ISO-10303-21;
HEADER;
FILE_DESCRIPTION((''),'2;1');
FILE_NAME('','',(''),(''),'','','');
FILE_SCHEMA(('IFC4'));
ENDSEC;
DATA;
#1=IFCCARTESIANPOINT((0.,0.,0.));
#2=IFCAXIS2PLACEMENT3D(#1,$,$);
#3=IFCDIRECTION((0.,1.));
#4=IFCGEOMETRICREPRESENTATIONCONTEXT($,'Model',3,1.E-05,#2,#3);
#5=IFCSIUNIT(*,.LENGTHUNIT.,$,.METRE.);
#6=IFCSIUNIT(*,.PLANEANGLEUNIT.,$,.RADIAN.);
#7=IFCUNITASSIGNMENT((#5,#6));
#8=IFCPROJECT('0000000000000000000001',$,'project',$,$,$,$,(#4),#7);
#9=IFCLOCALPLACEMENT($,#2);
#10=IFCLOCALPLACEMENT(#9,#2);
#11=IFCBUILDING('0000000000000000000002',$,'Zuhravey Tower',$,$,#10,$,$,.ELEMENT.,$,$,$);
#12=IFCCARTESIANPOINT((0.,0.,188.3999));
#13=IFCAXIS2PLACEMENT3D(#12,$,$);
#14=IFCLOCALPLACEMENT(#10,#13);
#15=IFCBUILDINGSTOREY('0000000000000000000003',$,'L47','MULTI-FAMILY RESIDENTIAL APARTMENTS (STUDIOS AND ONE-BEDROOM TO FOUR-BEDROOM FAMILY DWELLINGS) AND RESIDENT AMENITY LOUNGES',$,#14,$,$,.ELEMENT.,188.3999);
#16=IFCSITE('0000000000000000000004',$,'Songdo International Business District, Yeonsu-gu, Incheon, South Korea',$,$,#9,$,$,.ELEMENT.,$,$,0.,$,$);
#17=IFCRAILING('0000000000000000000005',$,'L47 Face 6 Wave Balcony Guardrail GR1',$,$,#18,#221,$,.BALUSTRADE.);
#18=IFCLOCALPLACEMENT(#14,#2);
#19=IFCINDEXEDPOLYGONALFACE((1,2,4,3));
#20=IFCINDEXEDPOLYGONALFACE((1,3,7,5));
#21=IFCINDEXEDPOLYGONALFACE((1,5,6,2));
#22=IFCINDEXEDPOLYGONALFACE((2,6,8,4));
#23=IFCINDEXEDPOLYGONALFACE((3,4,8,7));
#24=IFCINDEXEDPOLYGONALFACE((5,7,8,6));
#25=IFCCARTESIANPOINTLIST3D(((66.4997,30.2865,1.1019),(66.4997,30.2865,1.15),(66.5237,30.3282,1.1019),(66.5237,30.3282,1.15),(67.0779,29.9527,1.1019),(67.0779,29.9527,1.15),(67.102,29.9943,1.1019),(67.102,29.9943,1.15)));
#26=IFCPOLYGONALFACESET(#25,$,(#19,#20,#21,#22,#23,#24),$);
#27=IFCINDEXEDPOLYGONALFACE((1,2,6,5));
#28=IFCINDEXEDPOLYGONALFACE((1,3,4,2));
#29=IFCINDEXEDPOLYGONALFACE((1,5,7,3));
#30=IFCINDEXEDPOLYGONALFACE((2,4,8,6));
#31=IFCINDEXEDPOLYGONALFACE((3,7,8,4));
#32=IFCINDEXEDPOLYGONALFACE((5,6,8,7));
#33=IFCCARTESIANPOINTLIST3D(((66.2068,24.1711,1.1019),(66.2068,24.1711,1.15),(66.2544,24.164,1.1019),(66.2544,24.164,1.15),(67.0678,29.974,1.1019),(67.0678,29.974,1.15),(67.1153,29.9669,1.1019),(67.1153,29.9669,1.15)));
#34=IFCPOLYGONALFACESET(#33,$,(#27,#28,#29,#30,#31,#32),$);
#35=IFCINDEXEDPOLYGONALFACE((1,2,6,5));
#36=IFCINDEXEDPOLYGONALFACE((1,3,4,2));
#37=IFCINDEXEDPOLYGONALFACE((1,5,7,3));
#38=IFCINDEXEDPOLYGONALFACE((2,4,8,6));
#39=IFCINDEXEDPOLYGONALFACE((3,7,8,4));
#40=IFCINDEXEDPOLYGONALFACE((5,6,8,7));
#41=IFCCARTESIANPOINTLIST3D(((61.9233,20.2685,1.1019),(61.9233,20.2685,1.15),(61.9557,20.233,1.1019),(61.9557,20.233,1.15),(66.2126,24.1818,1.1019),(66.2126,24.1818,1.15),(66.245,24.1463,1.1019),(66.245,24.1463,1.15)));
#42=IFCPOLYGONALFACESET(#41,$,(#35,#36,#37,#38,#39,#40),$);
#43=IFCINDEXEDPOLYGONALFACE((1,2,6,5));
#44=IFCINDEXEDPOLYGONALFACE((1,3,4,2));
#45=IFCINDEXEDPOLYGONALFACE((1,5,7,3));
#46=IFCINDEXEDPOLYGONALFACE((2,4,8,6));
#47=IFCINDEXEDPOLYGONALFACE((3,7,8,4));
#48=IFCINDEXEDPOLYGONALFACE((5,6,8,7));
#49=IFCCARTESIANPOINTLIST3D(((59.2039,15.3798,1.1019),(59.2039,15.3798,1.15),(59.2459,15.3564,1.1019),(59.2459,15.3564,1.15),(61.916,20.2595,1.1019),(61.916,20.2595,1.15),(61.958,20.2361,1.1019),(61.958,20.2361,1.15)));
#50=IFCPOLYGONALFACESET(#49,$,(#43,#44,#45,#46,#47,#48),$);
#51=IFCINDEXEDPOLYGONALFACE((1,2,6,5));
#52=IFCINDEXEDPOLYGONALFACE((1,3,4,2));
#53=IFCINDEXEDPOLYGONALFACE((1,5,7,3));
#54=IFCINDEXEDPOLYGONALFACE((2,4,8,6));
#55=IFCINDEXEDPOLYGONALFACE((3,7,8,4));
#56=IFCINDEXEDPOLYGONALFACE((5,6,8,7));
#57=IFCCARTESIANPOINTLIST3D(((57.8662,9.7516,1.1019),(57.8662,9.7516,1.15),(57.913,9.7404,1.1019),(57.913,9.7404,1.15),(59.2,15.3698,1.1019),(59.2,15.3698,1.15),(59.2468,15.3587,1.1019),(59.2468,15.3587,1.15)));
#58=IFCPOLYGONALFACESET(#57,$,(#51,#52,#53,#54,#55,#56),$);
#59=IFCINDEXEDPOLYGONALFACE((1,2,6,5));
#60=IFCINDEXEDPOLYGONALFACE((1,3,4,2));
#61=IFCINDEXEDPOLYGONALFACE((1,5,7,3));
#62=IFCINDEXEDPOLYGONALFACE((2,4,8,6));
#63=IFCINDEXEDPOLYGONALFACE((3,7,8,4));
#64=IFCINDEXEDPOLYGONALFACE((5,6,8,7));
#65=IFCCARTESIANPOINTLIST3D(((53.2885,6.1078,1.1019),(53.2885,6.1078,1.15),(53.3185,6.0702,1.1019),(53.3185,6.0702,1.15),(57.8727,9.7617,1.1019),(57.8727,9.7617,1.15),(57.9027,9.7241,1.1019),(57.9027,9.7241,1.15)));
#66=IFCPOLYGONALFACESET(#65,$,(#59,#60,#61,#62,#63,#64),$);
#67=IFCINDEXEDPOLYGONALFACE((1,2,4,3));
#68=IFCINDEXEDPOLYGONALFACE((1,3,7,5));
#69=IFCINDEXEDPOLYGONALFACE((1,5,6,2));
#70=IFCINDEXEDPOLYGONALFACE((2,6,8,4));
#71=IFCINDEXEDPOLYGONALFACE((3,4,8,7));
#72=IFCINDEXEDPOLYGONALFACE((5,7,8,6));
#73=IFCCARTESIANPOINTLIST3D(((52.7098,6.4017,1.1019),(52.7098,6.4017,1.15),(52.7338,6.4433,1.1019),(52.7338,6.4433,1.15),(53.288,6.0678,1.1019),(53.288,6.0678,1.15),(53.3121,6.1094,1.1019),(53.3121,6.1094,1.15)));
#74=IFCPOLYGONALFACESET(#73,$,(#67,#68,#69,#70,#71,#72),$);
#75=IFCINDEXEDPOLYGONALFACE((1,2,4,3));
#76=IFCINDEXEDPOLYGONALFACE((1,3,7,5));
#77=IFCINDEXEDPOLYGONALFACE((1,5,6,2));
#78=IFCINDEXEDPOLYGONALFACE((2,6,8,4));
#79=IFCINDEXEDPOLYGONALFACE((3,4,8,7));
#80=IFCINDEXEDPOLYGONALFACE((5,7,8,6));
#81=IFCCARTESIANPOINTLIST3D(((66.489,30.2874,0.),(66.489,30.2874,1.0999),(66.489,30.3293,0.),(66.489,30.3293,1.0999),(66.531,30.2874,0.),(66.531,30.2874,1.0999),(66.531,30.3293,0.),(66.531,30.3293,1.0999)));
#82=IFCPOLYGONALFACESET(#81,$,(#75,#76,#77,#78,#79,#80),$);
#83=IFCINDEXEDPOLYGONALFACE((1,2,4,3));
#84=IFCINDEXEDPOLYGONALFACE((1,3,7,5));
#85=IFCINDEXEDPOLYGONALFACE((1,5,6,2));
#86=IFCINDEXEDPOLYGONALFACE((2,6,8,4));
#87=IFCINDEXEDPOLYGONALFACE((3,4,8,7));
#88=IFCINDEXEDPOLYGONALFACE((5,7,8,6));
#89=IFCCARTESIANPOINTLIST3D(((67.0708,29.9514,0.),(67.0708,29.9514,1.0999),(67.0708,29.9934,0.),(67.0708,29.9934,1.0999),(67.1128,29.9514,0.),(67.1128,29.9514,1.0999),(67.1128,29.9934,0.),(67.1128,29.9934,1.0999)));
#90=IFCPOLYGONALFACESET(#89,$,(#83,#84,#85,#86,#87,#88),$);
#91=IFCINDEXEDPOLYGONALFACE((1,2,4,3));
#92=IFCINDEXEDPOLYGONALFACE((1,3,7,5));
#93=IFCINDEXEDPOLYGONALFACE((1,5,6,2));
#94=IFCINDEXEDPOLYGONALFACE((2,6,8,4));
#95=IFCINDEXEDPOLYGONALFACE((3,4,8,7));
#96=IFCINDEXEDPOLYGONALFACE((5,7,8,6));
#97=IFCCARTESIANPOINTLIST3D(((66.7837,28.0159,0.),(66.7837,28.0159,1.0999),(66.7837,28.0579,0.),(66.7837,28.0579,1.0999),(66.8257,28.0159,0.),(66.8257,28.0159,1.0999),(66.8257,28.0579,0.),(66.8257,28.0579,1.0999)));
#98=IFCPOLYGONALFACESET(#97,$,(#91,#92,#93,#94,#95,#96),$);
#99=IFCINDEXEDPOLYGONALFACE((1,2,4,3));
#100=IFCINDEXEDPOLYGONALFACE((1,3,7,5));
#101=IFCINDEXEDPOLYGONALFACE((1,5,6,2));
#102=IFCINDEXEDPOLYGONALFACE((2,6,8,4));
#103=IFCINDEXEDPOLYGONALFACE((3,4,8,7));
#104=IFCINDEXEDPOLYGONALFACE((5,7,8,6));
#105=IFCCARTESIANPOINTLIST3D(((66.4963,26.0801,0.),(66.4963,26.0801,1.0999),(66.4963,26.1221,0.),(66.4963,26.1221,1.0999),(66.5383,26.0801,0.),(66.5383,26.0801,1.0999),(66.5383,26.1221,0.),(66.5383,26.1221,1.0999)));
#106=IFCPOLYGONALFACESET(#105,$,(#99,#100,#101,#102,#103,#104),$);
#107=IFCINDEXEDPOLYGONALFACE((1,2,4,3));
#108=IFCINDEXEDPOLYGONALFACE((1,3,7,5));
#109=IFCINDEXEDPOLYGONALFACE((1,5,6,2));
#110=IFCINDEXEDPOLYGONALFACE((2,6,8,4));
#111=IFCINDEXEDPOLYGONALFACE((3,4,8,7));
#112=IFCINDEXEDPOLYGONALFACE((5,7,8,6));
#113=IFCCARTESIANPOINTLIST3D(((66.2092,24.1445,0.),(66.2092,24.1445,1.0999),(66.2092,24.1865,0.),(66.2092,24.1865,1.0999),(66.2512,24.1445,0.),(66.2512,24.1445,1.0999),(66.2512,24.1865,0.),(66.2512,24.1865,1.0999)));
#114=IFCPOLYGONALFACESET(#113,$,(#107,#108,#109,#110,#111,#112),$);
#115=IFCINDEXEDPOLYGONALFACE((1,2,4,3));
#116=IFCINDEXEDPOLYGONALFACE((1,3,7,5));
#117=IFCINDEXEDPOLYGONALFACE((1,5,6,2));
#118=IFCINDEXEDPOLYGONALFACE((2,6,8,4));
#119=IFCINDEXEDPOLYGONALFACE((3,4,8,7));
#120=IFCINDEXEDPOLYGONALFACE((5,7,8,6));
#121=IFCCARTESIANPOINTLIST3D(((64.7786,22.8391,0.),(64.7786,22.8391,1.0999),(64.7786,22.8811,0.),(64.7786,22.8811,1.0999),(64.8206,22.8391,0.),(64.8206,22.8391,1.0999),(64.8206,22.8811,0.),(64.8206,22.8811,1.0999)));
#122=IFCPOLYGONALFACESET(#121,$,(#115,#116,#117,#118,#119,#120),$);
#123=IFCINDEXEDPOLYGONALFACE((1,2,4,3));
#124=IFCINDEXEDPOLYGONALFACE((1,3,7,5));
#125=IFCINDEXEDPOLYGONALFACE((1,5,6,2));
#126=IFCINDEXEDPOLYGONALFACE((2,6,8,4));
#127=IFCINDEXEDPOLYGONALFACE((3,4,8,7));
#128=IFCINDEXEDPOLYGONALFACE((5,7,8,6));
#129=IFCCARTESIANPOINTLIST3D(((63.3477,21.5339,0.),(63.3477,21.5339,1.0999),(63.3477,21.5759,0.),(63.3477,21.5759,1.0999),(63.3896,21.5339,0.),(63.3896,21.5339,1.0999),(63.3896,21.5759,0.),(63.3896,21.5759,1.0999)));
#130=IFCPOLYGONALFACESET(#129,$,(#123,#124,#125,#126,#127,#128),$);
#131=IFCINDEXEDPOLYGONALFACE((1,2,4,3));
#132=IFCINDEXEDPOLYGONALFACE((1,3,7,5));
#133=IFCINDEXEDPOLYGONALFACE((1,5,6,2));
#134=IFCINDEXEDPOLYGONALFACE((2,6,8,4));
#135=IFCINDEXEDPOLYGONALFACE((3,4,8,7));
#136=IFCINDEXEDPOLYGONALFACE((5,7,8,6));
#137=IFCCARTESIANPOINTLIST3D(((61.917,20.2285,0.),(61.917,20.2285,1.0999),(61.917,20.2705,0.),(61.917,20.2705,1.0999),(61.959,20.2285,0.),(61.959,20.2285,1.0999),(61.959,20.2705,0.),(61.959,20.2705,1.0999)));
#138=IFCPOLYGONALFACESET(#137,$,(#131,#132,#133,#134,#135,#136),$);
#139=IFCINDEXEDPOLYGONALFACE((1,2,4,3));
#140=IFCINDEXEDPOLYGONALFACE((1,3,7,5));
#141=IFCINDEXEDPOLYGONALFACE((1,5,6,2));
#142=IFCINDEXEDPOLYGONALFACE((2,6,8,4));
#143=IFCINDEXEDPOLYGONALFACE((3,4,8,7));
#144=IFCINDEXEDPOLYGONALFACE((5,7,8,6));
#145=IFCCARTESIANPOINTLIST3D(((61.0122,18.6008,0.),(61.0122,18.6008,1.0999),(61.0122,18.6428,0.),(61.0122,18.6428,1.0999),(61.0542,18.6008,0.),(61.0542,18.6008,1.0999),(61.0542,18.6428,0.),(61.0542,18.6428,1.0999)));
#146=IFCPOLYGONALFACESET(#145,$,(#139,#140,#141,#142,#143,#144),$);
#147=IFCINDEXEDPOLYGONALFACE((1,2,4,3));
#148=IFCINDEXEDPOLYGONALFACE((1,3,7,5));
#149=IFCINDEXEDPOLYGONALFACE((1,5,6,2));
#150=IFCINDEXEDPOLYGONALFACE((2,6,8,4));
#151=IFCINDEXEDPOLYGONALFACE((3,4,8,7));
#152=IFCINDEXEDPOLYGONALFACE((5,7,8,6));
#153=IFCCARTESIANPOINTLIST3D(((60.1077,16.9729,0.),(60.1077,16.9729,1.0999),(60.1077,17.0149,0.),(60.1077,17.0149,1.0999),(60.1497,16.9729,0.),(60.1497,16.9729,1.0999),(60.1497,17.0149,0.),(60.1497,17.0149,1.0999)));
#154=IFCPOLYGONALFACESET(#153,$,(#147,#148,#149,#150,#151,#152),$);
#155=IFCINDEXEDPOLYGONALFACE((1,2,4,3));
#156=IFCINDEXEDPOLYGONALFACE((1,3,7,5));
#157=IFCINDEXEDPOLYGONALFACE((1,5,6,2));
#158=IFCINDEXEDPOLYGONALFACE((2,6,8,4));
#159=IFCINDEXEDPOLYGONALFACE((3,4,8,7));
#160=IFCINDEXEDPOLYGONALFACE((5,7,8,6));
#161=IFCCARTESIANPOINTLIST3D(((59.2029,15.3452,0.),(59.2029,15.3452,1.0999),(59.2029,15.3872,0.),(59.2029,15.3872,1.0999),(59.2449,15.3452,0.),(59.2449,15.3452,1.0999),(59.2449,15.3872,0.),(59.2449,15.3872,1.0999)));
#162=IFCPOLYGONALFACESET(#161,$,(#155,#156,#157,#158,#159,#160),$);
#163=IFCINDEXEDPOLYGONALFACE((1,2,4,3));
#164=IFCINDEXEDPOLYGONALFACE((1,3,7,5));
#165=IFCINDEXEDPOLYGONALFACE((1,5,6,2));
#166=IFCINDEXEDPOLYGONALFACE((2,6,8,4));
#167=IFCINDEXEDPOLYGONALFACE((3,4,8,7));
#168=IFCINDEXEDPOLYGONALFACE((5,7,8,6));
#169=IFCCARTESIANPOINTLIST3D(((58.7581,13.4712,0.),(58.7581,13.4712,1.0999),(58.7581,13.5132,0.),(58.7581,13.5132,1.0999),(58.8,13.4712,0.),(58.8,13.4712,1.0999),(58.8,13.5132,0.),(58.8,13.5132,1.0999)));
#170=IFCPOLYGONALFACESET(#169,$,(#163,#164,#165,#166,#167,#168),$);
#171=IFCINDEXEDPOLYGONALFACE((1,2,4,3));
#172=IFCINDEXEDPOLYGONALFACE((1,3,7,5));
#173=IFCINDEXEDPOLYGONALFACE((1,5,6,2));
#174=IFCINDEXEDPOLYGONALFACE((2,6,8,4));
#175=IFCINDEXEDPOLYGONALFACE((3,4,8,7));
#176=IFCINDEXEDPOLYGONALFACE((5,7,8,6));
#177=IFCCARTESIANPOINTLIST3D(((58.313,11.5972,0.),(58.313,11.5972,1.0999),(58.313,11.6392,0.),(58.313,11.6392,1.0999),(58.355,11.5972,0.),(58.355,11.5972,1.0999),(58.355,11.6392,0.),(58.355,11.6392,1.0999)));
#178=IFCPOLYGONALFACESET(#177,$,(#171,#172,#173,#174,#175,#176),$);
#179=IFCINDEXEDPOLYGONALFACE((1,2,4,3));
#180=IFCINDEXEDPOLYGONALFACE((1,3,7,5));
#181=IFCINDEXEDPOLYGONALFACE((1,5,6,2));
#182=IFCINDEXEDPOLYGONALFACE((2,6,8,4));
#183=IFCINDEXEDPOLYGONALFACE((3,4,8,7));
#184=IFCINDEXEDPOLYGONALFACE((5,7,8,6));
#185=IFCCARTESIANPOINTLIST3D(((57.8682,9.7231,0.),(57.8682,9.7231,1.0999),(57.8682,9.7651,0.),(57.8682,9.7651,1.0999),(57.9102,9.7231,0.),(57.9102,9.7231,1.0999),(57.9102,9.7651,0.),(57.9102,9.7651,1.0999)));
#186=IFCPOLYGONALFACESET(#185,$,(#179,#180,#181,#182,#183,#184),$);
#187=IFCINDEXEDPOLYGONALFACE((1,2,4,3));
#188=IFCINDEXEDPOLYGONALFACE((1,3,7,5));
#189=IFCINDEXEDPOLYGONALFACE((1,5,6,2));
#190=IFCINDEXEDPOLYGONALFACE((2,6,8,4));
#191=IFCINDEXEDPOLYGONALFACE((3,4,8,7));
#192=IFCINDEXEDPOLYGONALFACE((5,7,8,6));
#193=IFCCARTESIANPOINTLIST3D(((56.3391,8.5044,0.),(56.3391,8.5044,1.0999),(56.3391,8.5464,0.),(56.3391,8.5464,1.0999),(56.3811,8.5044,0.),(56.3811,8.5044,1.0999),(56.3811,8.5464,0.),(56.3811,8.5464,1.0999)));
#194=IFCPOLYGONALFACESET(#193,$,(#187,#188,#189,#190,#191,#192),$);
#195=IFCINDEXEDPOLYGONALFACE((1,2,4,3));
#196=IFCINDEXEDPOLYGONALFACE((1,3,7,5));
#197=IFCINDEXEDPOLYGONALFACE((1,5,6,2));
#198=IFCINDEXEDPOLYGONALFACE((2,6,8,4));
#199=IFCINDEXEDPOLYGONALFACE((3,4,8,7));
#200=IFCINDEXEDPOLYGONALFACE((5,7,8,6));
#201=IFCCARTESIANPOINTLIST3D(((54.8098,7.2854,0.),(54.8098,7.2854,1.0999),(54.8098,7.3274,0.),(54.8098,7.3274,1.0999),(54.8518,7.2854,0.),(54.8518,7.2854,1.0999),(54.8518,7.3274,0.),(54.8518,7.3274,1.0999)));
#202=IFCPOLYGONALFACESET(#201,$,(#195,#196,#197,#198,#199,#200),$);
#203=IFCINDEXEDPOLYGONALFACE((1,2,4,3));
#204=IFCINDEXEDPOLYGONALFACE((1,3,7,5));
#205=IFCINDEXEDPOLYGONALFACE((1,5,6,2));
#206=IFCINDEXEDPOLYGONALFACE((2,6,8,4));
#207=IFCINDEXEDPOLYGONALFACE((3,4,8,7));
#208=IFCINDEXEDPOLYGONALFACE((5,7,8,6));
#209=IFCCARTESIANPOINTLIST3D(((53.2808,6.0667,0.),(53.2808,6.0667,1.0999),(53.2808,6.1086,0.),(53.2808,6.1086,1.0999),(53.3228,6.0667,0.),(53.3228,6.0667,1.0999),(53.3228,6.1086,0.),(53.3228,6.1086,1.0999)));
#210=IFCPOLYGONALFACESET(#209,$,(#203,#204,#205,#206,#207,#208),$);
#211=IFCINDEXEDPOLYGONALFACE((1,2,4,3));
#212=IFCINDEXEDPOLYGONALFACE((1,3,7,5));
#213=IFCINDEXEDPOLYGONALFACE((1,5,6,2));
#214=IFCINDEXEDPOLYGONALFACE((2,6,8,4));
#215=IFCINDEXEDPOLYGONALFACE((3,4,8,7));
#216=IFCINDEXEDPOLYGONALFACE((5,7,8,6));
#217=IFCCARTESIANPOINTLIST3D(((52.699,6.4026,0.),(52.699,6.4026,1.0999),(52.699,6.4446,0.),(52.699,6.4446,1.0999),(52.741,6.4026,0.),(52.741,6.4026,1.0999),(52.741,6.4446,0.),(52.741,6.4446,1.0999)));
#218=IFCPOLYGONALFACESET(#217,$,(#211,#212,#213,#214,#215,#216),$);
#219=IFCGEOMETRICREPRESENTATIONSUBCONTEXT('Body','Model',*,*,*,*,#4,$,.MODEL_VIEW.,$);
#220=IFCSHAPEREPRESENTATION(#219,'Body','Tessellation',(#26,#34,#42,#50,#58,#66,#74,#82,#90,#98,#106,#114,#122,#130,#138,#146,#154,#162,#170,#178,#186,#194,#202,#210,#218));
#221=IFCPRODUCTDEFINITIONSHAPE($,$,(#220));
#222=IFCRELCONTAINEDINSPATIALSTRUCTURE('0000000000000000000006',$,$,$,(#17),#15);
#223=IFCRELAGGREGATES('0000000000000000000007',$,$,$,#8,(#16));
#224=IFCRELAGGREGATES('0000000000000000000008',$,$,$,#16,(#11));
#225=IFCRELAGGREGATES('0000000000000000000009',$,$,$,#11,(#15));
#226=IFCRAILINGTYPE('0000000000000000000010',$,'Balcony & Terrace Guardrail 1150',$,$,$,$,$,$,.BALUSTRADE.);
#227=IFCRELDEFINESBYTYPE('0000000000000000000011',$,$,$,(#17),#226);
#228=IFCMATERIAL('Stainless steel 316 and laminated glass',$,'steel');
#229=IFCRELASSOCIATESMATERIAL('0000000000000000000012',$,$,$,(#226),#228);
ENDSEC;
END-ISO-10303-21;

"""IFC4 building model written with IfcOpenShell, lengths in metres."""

from ifc_helpers import new_model, si_unit, direction, frame, origin, origin_2d, place, context, subcontext, project, spatial, rectangle, extrude, material, type_object, element, save


model = new_model("IFC4")

# Units and contexts
model_context = context("Model", 3, precision=1e-05, world=origin(), true_north=direction((0.0, 1.0)))
body_context = subcontext(model_context, "Body", "Model", "MODEL_VIEW")
ifc_project = project(units=[si_unit("LENGTHUNIT", "METRE"), si_unit("PLANEANGLEUNIT", "RADIAN")], contexts=[model_context])

# Site, building, storey
site_placement = place(None, origin())
site = spatial("IfcSite", under=ifc_project, at=site_placement, Name="Songdo International Business District, Yeonsu-gu, Incheon, South Korea", CompositionType="ELEMENT", RefElevation=0.0)
building_placement = place(site_placement, origin())
building = spatial("IfcBuilding", under=site, at=building_placement, Name="Zuhravey Tower", CompositionType="ELEMENT")
storey_placement = place(building_placement, frame((0.0, 0.0, 188.3999)))
storey = spatial("IfcBuildingStorey", under=building, at=storey_placement, Name="L47", Description="MULTI-FAMILY RESIDENTIAL APARTMENTS (STUDIOS AND ONE-BEDROOM TO FOUR-BEDROOM FAMILY DWELLINGS) AND RESIDENT AMENITY LOUNGES", CompositionType="ELEMENT", Elevation=188.3999)

# Railing
ifc_material_1 = material(Name="Stainless steel 316 and laminated glass", Category="steel")
railing_type = type_object("IfcRailingType", Name="Balcony & Terrace Guardrail 1150", PredefinedType="BALUSTRADE", material=ifc_material_1)
railing_placement = place(storey_placement, frame((66.51, 30.3083, 0.0)))
element("IfcRailing", 1, at=railing_placement, inside=storey, type_object=railing_type, Name="L47 Face 6 Wave Balcony Guardrail GR1", PredefinedType="BALUSTRADE", context=body_context, shape_type="SweptSolid", body=[
    extrude(rectangle(XDim=0.0481, YDim=0.0481, at=origin_2d()), frame((0.0017, -0.001, 1.126), z_axis=(0.865998, -0.500048, 0.0), x_axis=(0.500048, 0.865998, 0.0)), (0.0, 0.0, 1.0), 0.6677),
    extrude(rectangle(XDim=0.0481, YDim=0.0481, at=origin_2d()), frame((0.5815, -0.3379, 1.126), z_axis=(-0.146764, -0.989172, 0.0), x_axis=(0.989172, -0.146764, 0.0)), (0.0, 0.0, 1.0), 5.8665),
    extrude(rectangle(XDim=0.0481, YDim=0.0481, at=origin_2d()), frame((-0.2812, -6.1443, 1.126), z_axis=(-0.738741, -0.673989, 0.0), x_axis=(0.673989, -0.738741, 0.0)), (0.0, 0.0, 1.0), 5.8062),
    extrude(rectangle(XDim=0.0481, YDim=0.0481, at=origin_2d()), frame((-4.573, -10.0605, 1.126), z_axis=(-0.485802, -0.874069, 0.0), x_axis=(0.874069, -0.485802, 0.0)), (0.0, 0.0, 1.0), 5.5828),
    extrude(rectangle(XDim=0.0481, YDim=0.0481, at=origin_2d()), frame((-7.2866, -14.9441, 1.126), z_axis=(-0.230986, -0.972957, 0.0), x_axis=(0.972957, -0.230986, 0.0)), (0.0, 0.0, 1.0), 5.7744),
    extrude(rectangle(XDim=0.0481, YDim=0.0481, at=origin_2d()), frame((-8.6223, -20.5654, 1.126), z_axis=(-0.781984, -0.623298, 0.0), x_axis=(0.623298, -0.781984, 0.0)), (0.0, 0.0, 1.0), 5.8623),
    extrude(rectangle(XDim=0.0481, YDim=0.0481, at=origin_2d()), frame((-13.21, -24.2197, 1.126), z_axis=(-0.865998, 0.500048, 0.0), x_axis=(-0.500048, -0.865998, 0.0)), (0.0, 0.0, 1.0), 0.6677),
    extrude(rectangle(XDim=0.042, YDim=0.042, at=origin_2d()), origin(), (0.0, 0.0, 1.0), 1.0999),
    extrude(rectangle(XDim=0.042, YDim=0.042, at=origin_2d()), frame((0.5818, -0.3359, 0.0)), (0.0, 0.0, 1.0), 1.0999),
    extrude(rectangle(XDim=0.042, YDim=0.042, at=origin_2d()), frame((0.2947, -2.2715, 0.0)), (0.0, 0.0, 1.0), 1.0999),
    extrude(rectangle(XDim=0.042, YDim=0.042, at=origin_2d()), frame((0.0073, -4.2073, 0.0)), (0.0, 0.0, 1.0), 1.0999),
    extrude(rectangle(XDim=0.042, YDim=0.042, at=origin_2d()), frame((-0.2798, -6.1428, 0.0)), (0.0, 0.0, 1.0), 1.0999),
    extrude(rectangle(XDim=0.042, YDim=0.042, at=origin_2d()), frame((-1.7104, -7.4482, 0.0)), (0.0, 0.0, 1.0), 1.0999),
    extrude(rectangle(XDim=0.042, YDim=0.042, at=origin_2d()), frame((-3.1414, -8.7534, 0.0)), (0.0, 0.0, 1.0), 1.0999),
    extrude(rectangle(XDim=0.042, YDim=0.042, at=origin_2d()), frame((-4.572, -10.0588, 0.0)), (0.0, 0.0, 1.0), 1.0999),
    extrude(rectangle(XDim=0.042, YDim=0.042, at=origin_2d()), frame((-5.4768, -11.6865, 0.0)), (0.0, 0.0, 1.0), 1.0999),
    extrude(rectangle(XDim=0.042, YDim=0.042, at=origin_2d()), frame((-6.3813, -13.3145, 0.0)), (0.0, 0.0, 1.0), 1.0999),
    extrude(rectangle(XDim=0.042, YDim=0.042, at=origin_2d()), frame((-7.2861, -14.9421, 0.0)), (0.0, 0.0, 1.0), 1.0999),
    extrude(rectangle(XDim=0.042, YDim=0.042, at=origin_2d()), frame((-7.731, -16.8162, 0.0)), (0.0, 0.0, 1.0), 1.0999),
    extrude(rectangle(XDim=0.042, YDim=0.042, at=origin_2d()), frame((-8.176, -18.6902, 0.0)), (0.0, 0.0, 1.0), 1.0999),
    extrude(rectangle(XDim=0.042, YDim=0.042, at=origin_2d()), frame((-8.6208, -20.5642, 0.0)), (0.0, 0.0, 1.0), 1.0999),
    extrude(rectangle(XDim=0.042, YDim=0.042, at=origin_2d()), frame((-10.1499, -21.783, 0.0)), (0.0, 0.0, 1.0), 1.0999),
    extrude(rectangle(XDim=0.042, YDim=0.042, at=origin_2d()), frame((-11.6792, -23.002, 0.0)), (0.0, 0.0, 1.0), 1.0999),
    extrude(rectangle(XDim=0.042, YDim=0.042, at=origin_2d()), frame((-13.2083, -24.2207, 0.0)), (0.0, 0.0, 1.0), 1.0999),
    extrude(rectangle(XDim=0.042, YDim=0.042, at=origin_2d()), frame((-13.79, -23.8848, 0.0)), (0.0, 0.0, 1.0), 1.0999),
])

save(model, "model.ifc")
